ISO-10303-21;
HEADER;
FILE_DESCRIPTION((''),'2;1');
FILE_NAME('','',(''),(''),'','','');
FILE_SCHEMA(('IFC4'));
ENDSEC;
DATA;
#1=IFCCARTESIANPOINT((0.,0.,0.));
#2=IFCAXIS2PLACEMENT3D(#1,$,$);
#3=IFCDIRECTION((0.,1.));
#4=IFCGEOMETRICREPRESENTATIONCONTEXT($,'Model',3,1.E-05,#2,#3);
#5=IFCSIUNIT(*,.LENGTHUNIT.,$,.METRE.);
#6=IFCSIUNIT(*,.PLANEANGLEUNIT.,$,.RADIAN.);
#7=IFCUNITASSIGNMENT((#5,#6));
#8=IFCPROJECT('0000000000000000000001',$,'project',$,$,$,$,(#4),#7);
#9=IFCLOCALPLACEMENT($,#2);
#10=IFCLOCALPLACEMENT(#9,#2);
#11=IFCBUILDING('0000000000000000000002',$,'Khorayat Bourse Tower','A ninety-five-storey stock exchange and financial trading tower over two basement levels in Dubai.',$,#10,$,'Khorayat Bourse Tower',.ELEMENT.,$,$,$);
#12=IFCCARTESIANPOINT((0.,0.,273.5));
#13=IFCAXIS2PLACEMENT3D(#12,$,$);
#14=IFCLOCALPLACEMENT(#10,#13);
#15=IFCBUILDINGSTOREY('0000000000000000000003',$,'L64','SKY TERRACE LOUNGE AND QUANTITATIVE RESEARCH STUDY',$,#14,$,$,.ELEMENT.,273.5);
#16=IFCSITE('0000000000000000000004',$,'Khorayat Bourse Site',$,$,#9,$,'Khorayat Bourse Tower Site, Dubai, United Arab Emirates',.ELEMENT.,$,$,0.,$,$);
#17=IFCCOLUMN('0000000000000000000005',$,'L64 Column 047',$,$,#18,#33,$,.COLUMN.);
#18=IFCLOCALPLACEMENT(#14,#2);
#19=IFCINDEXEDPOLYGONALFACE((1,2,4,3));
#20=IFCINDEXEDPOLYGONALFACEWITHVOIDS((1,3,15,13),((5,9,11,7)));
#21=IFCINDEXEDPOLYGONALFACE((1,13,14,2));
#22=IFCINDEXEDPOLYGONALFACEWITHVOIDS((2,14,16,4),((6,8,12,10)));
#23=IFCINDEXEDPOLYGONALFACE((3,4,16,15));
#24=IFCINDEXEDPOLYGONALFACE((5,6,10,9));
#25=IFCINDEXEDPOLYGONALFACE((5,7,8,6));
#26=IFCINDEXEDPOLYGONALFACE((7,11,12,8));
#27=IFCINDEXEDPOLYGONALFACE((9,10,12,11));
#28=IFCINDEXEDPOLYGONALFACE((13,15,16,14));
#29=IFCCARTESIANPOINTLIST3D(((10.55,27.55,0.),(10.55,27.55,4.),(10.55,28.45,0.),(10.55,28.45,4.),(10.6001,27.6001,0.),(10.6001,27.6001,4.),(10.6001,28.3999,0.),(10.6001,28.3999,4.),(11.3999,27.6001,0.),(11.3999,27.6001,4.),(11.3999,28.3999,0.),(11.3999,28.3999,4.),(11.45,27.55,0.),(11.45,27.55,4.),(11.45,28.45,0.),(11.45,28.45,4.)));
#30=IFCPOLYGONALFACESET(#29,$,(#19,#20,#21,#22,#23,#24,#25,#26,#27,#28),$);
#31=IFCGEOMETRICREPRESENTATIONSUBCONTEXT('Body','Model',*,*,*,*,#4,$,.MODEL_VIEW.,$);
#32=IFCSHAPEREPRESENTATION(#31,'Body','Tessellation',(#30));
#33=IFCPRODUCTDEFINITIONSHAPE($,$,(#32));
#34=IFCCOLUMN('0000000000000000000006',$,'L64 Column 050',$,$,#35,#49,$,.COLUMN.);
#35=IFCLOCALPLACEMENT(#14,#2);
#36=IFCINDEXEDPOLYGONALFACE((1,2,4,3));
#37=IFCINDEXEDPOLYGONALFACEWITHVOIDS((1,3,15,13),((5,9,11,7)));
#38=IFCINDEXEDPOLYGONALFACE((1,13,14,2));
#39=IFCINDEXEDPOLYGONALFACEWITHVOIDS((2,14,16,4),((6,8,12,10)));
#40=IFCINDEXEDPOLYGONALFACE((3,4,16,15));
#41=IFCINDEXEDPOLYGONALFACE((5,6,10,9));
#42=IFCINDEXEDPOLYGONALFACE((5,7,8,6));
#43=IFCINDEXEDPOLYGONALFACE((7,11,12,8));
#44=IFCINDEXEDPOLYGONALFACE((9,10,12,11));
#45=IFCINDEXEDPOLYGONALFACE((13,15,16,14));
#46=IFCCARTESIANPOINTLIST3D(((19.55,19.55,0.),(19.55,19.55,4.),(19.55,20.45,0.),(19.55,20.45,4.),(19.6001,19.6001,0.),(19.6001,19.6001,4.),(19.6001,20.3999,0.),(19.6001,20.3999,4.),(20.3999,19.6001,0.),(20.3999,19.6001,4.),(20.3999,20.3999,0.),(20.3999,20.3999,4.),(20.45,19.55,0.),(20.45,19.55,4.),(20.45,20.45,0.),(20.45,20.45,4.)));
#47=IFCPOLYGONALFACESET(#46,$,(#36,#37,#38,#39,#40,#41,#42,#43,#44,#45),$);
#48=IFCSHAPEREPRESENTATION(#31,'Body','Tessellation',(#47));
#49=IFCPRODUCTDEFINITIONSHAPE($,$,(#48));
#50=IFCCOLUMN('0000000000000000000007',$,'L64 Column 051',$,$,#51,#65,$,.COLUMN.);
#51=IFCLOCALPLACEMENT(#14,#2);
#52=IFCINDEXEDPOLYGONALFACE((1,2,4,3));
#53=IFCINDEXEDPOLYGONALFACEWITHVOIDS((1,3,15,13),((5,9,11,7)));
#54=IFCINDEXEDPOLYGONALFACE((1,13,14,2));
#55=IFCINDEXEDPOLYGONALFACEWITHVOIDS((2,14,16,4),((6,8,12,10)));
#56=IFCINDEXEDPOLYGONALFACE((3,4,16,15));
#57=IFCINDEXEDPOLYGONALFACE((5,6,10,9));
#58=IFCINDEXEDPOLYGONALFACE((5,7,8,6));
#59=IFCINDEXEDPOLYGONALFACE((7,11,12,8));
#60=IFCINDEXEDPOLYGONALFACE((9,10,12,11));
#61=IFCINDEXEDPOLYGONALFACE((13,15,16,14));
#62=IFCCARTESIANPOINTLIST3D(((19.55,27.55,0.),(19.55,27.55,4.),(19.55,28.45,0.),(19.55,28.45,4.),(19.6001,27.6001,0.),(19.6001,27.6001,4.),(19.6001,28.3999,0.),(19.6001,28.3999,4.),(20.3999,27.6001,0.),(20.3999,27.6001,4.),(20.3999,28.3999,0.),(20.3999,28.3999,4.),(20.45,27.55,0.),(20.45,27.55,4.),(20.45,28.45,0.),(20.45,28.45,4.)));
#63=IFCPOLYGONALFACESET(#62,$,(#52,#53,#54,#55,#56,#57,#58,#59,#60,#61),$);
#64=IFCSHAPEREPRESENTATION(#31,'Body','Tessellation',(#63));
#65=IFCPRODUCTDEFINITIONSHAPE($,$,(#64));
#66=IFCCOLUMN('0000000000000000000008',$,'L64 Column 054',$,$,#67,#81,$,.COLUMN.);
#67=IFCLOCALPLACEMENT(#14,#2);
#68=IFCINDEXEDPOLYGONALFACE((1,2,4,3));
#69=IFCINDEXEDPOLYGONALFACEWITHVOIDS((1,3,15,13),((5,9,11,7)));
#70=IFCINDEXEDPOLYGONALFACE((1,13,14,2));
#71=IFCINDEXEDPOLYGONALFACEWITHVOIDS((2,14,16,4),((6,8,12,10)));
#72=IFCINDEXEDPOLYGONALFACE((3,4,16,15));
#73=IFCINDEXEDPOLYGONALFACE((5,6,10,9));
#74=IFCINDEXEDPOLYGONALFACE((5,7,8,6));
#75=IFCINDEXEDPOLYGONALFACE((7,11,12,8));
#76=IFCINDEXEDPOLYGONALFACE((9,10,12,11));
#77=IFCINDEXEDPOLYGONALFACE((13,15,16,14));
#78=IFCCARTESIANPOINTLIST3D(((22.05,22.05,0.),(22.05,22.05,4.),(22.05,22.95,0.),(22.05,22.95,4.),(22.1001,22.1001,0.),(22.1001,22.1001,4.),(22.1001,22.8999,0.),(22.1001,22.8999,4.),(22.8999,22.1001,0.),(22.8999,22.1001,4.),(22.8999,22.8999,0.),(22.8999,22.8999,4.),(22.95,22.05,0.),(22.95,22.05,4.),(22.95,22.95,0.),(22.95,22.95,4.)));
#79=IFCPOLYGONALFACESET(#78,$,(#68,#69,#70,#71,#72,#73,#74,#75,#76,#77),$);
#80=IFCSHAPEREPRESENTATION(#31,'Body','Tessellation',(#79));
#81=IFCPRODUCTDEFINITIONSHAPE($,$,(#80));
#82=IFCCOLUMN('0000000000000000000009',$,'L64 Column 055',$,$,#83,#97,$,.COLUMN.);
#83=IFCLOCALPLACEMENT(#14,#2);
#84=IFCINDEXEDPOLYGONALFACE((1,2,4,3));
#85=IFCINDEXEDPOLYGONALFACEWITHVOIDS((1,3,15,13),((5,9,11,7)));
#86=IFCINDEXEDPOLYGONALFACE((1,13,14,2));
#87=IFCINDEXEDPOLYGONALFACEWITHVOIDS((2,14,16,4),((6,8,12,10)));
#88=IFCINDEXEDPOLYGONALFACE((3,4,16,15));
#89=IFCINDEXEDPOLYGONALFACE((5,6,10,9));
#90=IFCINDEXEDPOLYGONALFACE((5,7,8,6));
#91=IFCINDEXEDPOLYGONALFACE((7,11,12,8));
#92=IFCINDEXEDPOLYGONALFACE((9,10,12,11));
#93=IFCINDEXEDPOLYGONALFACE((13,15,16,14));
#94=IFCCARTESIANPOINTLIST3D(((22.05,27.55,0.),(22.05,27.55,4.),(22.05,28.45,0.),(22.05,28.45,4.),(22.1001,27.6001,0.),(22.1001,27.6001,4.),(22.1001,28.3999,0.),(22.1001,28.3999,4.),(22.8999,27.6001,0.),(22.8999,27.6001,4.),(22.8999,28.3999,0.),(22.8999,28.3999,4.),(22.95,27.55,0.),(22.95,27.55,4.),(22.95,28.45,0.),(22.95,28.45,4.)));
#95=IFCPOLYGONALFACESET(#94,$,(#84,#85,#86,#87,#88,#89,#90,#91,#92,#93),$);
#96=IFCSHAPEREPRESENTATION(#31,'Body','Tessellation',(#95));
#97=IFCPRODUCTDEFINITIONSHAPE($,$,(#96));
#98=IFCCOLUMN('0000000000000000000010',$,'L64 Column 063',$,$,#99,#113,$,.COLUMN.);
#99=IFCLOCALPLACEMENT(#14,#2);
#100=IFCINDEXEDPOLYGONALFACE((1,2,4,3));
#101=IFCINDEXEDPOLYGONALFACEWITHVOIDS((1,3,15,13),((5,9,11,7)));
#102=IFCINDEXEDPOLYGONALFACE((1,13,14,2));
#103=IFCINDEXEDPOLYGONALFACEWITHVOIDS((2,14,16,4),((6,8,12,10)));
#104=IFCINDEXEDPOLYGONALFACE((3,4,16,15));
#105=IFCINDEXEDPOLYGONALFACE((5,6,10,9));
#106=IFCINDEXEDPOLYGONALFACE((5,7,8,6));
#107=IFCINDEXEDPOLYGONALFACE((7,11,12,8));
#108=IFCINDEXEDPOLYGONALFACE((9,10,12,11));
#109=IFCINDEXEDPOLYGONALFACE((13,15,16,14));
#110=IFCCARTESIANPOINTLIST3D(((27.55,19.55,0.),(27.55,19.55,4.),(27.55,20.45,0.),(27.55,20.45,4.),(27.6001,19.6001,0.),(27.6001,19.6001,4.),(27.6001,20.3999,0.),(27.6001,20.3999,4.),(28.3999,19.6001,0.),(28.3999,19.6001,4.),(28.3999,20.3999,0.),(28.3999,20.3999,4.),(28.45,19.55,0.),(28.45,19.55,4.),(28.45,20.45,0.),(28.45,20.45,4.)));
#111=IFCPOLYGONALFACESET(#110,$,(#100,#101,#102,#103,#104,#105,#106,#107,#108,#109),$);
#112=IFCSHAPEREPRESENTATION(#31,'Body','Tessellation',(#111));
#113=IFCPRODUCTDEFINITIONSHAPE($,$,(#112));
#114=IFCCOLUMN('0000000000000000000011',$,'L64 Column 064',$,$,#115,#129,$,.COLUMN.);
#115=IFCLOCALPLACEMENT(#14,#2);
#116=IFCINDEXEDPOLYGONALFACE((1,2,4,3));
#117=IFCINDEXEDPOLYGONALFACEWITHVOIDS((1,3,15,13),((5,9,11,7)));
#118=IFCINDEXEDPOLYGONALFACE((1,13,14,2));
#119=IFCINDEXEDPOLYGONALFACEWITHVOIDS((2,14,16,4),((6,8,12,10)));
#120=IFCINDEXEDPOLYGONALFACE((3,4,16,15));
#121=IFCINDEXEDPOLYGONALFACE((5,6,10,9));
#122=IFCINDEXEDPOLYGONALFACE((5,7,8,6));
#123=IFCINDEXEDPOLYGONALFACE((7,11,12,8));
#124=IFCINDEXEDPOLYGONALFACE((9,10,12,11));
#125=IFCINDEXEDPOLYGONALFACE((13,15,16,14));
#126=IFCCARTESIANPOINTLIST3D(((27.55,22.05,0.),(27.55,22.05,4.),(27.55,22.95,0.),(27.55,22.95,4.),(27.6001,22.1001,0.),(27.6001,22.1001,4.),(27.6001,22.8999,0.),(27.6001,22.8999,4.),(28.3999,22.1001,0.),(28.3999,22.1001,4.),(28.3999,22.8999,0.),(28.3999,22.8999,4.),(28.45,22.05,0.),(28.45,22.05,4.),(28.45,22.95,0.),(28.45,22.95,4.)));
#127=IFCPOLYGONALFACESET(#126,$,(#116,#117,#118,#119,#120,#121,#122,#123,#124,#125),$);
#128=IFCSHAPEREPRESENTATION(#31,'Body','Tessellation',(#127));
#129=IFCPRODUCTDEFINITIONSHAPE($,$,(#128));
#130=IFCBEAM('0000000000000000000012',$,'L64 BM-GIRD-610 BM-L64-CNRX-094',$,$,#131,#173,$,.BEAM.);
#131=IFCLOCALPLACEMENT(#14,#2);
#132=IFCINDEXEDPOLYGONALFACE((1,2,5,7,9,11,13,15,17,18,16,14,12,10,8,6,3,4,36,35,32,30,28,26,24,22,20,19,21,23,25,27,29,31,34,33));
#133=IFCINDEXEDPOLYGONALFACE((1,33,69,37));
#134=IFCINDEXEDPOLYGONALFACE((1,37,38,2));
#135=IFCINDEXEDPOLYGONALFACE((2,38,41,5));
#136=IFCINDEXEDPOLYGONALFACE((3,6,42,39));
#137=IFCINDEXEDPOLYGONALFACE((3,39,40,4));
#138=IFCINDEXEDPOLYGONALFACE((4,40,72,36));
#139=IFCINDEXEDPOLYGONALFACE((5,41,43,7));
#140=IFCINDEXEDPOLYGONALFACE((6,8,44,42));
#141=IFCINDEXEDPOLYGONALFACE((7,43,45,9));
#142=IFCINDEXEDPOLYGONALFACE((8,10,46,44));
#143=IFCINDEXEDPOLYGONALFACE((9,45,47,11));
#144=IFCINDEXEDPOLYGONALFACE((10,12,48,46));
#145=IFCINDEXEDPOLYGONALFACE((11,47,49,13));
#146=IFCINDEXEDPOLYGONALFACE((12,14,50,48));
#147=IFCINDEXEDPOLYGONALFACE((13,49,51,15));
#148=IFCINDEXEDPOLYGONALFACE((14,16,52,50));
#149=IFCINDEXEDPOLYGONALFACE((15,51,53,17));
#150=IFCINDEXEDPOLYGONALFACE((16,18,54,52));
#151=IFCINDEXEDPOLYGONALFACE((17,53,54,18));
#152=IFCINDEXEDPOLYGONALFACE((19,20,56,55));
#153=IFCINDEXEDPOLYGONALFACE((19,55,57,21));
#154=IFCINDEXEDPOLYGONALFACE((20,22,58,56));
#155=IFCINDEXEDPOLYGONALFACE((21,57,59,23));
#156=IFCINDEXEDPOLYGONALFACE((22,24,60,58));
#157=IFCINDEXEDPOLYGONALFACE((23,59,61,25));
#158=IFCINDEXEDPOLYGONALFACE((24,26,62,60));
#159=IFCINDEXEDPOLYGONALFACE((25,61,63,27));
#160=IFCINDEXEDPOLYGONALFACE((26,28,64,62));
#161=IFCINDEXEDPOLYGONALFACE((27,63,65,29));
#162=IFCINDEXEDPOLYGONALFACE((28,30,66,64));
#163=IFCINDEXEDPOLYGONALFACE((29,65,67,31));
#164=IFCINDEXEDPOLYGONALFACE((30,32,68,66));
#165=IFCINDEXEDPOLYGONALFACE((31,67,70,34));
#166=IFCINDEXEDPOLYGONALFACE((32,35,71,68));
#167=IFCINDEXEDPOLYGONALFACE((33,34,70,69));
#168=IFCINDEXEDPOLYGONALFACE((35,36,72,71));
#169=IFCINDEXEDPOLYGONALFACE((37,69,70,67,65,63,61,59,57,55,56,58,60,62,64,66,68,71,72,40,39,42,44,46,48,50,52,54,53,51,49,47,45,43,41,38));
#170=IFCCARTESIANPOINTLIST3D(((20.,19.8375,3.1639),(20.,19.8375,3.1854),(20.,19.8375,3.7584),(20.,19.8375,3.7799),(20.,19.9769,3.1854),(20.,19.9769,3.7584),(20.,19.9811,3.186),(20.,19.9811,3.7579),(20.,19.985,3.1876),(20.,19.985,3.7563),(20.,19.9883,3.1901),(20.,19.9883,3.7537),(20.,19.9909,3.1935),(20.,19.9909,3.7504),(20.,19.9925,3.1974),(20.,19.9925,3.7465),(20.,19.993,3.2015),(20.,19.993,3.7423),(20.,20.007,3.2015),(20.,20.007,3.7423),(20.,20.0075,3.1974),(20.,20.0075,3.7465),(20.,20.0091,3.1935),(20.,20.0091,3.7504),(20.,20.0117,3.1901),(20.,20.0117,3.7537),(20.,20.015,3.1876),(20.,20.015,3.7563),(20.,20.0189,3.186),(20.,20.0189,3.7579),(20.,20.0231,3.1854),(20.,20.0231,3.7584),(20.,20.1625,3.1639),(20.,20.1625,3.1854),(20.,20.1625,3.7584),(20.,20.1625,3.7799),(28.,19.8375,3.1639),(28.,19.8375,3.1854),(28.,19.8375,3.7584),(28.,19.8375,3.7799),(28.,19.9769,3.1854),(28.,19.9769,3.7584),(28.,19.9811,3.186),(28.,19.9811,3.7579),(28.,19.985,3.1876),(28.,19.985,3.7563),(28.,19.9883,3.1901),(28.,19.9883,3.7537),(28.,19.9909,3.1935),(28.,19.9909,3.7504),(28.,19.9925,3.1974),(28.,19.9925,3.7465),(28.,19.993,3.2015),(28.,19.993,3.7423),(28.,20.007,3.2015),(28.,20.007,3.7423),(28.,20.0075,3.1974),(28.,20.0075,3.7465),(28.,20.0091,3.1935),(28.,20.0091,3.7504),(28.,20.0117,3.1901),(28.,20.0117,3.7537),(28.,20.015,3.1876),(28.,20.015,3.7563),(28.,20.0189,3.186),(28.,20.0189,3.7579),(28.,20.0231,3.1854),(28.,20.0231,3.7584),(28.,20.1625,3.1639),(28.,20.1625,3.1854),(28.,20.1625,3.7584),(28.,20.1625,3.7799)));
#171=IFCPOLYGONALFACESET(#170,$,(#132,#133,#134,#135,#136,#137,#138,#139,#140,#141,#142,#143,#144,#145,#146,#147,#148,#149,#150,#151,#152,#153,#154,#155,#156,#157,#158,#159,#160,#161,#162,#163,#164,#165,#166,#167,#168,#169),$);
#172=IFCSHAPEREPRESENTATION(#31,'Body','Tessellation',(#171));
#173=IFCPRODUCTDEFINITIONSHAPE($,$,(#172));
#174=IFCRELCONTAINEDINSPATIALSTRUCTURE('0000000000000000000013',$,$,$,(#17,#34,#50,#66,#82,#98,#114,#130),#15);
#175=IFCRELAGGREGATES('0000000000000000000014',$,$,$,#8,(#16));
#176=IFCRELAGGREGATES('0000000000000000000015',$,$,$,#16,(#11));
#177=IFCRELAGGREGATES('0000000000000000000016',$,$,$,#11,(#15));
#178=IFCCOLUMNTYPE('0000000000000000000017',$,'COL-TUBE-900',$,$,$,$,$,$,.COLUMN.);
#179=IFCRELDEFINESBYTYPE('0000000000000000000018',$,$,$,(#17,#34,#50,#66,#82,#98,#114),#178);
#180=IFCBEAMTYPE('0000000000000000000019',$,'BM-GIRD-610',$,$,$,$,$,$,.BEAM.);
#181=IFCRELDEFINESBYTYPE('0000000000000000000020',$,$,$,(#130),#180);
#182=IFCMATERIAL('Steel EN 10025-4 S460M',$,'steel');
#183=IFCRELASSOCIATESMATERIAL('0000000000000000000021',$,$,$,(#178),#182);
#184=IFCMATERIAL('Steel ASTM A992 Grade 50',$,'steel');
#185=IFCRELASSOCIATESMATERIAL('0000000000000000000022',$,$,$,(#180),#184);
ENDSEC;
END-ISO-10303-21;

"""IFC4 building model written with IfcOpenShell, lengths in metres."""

from ifc_helpers import new_model, si_unit, direction, frame, origin, origin_2d, place, context, subcontext, project, spatial, hollow_rectangle, i_section, extrude, source, transform, mapped, material, material_profile, profile_set, type_object, element, save


model = new_model("IFC4")

# Units and contexts
model_context = context("Model", 3, precision=1e-05, world=origin(), true_north=direction((0.0, 1.0)))
body_context = subcontext(model_context, "Body", "Model", "MODEL_VIEW")
ifc_project = project(units=[si_unit("LENGTHUNIT", "METRE"), si_unit("PLANEANGLEUNIT", "RADIAN")], contexts=[model_context])

# Site, building, storey
site_placement = place(None, origin())
site = spatial("IfcSite", under=ifc_project, at=site_placement, Name="Khorayat Bourse Site", LongName="Khorayat Bourse Tower Site, Dubai, United Arab Emirates", CompositionType="ELEMENT", RefElevation=0.0)
building_placement = place(site_placement, origin())
building = spatial("IfcBuilding", under=site, at=building_placement, Name="Khorayat Bourse Tower", Description="A ninety-five-storey stock exchange and financial trading tower over two basement levels in Dubai.", LongName="Khorayat Bourse Tower", CompositionType="ELEMENT")
storey_placement = place(building_placement, frame((0.0, 0.0, 273.5)))
storey = spatial("IfcBuildingStorey", under=building, at=storey_placement, Name="L64", Description="SKY TERRACE LOUNGE AND QUANTITATIVE RESEARCH STUDY", CompositionType="ELEMENT", Elevation=273.5)

# Columns
ifc_material_1 = material(Name="Steel EN 10025-4 S460M", Category="steel")
ifc_material_profile_1 = material_profile(ifc_material_1, hollow_rectangle(XDim=0.8999, YDim=0.8999, WallThickness=0.05, at=origin_2d()), Name="BOX 900x900x50")
ifc_profile_set_1 = profile_set([ifc_material_profile_1], Name="Steel EN 10025-4 S460M")
column_type = type_object("IfcColumnType", Name="COL-TUBE-900", PredefinedType="COLUMN", material=ifc_profile_set_1)
shared_shape_1 = source(origin(), body_context, "Body", "SweptSolid", [
    extrude(hollow_rectangle(XDim=0.8999, YDim=0.8999, WallThickness=0.05, at=origin_2d()), origin(), (0.0, 0.0, 1.0), 4.0),
])
for number, where, z_axis, x_axis, name in (
    (1, (11.0, 28.0, 0.0), (0.0, 0.0, 1.0), (1.0, 0.0, 0.0), "L64 Column 047"),
    (2, (20.0, 20.0, 0.0), (0.0, 0.0, 1.0), (1.0, 0.0, 0.0), "L64 Column 050"),
    (3, (20.0, 28.0, 0.0), (0.0, 0.0, 1.0), (1.0, 0.0, 0.0), "L64 Column 051"),
    (4, (22.5, 22.5, 0.0), (0.0, 0.0, 1.0), (1.0, 0.0, 0.0), "L64 Column 054"),
    (5, (22.5, 28.0, 0.0), (0.0, 0.0, 1.0), (1.0, 0.0, 0.0), "L64 Column 055"),
    (6, (28.0, 20.0, 0.0), (0.0, 0.0, 1.0), (1.0, 0.0, 0.0), "L64 Column 063"),
    (7, (28.0, 22.5, 0.0), (0.0, 0.0, 1.0), (1.0, 0.0, 0.0), "L64 Column 064"),
):
    element("IfcColumn", number, at=place(storey_placement, frame(where, z_axis=z_axis, x_axis=x_axis)), inside=storey, type_object=column_type, Name=name, PredefinedType="COLUMN", context=body_context, shape_type="MappedRepresentation", body=[
        mapped(shared_shape_1, transform((0.0, 0.0, 0.0), scale=1.0)),
    ])

# Beam
ifc_material_2 = material(Name="Steel ASTM A992 Grade 50", Category="steel")
ifc_material_profile_2 = material_profile(ifc_material_2, i_section(OverallWidth=0.325, OverallDepth=0.616, WebThickness=0.0139, FlangeThickness=0.0215, FilletRadius=0.0161, at=origin_2d()), Name="W610X174")
ifc_profile_set_2 = profile_set([ifc_material_profile_2], Name="Steel ASTM A992 Grade 50")
beam_type_1 = type_object("IfcBeamType", Name="BM-GIRD-610", PredefinedType="BEAM", material=ifc_profile_set_2)
shared_shape_2 = source(origin(), body_context, "Body", "SweptSolid", [
    extrude(i_section(OverallWidth=0.325, OverallDepth=0.616, WebThickness=0.0139, FlangeThickness=0.0215, FilletRadius=0.0161, at=origin_2d()), origin(), (0.0, 0.0, 1.0), 8.0),
])
beam_1_placement = place(storey_placement, frame((20.0, 20.0, 3.4719), z_axis=(1.0, 0.0, 0.0), x_axis=(0.0, 1.0, 0.0)))
element("IfcBeam", 8, at=beam_1_placement, inside=storey, type_object=beam_type_1, Name="L64 BM-GIRD-610 BM-L64-CNRX-094", PredefinedType="BEAM", context=body_context, shape_type="MappedRepresentation", body=[
    mapped(shared_shape_2, transform((0.0, 0.0, 0.0), scale=1.0)),
])

save(model, "model.ifc")
